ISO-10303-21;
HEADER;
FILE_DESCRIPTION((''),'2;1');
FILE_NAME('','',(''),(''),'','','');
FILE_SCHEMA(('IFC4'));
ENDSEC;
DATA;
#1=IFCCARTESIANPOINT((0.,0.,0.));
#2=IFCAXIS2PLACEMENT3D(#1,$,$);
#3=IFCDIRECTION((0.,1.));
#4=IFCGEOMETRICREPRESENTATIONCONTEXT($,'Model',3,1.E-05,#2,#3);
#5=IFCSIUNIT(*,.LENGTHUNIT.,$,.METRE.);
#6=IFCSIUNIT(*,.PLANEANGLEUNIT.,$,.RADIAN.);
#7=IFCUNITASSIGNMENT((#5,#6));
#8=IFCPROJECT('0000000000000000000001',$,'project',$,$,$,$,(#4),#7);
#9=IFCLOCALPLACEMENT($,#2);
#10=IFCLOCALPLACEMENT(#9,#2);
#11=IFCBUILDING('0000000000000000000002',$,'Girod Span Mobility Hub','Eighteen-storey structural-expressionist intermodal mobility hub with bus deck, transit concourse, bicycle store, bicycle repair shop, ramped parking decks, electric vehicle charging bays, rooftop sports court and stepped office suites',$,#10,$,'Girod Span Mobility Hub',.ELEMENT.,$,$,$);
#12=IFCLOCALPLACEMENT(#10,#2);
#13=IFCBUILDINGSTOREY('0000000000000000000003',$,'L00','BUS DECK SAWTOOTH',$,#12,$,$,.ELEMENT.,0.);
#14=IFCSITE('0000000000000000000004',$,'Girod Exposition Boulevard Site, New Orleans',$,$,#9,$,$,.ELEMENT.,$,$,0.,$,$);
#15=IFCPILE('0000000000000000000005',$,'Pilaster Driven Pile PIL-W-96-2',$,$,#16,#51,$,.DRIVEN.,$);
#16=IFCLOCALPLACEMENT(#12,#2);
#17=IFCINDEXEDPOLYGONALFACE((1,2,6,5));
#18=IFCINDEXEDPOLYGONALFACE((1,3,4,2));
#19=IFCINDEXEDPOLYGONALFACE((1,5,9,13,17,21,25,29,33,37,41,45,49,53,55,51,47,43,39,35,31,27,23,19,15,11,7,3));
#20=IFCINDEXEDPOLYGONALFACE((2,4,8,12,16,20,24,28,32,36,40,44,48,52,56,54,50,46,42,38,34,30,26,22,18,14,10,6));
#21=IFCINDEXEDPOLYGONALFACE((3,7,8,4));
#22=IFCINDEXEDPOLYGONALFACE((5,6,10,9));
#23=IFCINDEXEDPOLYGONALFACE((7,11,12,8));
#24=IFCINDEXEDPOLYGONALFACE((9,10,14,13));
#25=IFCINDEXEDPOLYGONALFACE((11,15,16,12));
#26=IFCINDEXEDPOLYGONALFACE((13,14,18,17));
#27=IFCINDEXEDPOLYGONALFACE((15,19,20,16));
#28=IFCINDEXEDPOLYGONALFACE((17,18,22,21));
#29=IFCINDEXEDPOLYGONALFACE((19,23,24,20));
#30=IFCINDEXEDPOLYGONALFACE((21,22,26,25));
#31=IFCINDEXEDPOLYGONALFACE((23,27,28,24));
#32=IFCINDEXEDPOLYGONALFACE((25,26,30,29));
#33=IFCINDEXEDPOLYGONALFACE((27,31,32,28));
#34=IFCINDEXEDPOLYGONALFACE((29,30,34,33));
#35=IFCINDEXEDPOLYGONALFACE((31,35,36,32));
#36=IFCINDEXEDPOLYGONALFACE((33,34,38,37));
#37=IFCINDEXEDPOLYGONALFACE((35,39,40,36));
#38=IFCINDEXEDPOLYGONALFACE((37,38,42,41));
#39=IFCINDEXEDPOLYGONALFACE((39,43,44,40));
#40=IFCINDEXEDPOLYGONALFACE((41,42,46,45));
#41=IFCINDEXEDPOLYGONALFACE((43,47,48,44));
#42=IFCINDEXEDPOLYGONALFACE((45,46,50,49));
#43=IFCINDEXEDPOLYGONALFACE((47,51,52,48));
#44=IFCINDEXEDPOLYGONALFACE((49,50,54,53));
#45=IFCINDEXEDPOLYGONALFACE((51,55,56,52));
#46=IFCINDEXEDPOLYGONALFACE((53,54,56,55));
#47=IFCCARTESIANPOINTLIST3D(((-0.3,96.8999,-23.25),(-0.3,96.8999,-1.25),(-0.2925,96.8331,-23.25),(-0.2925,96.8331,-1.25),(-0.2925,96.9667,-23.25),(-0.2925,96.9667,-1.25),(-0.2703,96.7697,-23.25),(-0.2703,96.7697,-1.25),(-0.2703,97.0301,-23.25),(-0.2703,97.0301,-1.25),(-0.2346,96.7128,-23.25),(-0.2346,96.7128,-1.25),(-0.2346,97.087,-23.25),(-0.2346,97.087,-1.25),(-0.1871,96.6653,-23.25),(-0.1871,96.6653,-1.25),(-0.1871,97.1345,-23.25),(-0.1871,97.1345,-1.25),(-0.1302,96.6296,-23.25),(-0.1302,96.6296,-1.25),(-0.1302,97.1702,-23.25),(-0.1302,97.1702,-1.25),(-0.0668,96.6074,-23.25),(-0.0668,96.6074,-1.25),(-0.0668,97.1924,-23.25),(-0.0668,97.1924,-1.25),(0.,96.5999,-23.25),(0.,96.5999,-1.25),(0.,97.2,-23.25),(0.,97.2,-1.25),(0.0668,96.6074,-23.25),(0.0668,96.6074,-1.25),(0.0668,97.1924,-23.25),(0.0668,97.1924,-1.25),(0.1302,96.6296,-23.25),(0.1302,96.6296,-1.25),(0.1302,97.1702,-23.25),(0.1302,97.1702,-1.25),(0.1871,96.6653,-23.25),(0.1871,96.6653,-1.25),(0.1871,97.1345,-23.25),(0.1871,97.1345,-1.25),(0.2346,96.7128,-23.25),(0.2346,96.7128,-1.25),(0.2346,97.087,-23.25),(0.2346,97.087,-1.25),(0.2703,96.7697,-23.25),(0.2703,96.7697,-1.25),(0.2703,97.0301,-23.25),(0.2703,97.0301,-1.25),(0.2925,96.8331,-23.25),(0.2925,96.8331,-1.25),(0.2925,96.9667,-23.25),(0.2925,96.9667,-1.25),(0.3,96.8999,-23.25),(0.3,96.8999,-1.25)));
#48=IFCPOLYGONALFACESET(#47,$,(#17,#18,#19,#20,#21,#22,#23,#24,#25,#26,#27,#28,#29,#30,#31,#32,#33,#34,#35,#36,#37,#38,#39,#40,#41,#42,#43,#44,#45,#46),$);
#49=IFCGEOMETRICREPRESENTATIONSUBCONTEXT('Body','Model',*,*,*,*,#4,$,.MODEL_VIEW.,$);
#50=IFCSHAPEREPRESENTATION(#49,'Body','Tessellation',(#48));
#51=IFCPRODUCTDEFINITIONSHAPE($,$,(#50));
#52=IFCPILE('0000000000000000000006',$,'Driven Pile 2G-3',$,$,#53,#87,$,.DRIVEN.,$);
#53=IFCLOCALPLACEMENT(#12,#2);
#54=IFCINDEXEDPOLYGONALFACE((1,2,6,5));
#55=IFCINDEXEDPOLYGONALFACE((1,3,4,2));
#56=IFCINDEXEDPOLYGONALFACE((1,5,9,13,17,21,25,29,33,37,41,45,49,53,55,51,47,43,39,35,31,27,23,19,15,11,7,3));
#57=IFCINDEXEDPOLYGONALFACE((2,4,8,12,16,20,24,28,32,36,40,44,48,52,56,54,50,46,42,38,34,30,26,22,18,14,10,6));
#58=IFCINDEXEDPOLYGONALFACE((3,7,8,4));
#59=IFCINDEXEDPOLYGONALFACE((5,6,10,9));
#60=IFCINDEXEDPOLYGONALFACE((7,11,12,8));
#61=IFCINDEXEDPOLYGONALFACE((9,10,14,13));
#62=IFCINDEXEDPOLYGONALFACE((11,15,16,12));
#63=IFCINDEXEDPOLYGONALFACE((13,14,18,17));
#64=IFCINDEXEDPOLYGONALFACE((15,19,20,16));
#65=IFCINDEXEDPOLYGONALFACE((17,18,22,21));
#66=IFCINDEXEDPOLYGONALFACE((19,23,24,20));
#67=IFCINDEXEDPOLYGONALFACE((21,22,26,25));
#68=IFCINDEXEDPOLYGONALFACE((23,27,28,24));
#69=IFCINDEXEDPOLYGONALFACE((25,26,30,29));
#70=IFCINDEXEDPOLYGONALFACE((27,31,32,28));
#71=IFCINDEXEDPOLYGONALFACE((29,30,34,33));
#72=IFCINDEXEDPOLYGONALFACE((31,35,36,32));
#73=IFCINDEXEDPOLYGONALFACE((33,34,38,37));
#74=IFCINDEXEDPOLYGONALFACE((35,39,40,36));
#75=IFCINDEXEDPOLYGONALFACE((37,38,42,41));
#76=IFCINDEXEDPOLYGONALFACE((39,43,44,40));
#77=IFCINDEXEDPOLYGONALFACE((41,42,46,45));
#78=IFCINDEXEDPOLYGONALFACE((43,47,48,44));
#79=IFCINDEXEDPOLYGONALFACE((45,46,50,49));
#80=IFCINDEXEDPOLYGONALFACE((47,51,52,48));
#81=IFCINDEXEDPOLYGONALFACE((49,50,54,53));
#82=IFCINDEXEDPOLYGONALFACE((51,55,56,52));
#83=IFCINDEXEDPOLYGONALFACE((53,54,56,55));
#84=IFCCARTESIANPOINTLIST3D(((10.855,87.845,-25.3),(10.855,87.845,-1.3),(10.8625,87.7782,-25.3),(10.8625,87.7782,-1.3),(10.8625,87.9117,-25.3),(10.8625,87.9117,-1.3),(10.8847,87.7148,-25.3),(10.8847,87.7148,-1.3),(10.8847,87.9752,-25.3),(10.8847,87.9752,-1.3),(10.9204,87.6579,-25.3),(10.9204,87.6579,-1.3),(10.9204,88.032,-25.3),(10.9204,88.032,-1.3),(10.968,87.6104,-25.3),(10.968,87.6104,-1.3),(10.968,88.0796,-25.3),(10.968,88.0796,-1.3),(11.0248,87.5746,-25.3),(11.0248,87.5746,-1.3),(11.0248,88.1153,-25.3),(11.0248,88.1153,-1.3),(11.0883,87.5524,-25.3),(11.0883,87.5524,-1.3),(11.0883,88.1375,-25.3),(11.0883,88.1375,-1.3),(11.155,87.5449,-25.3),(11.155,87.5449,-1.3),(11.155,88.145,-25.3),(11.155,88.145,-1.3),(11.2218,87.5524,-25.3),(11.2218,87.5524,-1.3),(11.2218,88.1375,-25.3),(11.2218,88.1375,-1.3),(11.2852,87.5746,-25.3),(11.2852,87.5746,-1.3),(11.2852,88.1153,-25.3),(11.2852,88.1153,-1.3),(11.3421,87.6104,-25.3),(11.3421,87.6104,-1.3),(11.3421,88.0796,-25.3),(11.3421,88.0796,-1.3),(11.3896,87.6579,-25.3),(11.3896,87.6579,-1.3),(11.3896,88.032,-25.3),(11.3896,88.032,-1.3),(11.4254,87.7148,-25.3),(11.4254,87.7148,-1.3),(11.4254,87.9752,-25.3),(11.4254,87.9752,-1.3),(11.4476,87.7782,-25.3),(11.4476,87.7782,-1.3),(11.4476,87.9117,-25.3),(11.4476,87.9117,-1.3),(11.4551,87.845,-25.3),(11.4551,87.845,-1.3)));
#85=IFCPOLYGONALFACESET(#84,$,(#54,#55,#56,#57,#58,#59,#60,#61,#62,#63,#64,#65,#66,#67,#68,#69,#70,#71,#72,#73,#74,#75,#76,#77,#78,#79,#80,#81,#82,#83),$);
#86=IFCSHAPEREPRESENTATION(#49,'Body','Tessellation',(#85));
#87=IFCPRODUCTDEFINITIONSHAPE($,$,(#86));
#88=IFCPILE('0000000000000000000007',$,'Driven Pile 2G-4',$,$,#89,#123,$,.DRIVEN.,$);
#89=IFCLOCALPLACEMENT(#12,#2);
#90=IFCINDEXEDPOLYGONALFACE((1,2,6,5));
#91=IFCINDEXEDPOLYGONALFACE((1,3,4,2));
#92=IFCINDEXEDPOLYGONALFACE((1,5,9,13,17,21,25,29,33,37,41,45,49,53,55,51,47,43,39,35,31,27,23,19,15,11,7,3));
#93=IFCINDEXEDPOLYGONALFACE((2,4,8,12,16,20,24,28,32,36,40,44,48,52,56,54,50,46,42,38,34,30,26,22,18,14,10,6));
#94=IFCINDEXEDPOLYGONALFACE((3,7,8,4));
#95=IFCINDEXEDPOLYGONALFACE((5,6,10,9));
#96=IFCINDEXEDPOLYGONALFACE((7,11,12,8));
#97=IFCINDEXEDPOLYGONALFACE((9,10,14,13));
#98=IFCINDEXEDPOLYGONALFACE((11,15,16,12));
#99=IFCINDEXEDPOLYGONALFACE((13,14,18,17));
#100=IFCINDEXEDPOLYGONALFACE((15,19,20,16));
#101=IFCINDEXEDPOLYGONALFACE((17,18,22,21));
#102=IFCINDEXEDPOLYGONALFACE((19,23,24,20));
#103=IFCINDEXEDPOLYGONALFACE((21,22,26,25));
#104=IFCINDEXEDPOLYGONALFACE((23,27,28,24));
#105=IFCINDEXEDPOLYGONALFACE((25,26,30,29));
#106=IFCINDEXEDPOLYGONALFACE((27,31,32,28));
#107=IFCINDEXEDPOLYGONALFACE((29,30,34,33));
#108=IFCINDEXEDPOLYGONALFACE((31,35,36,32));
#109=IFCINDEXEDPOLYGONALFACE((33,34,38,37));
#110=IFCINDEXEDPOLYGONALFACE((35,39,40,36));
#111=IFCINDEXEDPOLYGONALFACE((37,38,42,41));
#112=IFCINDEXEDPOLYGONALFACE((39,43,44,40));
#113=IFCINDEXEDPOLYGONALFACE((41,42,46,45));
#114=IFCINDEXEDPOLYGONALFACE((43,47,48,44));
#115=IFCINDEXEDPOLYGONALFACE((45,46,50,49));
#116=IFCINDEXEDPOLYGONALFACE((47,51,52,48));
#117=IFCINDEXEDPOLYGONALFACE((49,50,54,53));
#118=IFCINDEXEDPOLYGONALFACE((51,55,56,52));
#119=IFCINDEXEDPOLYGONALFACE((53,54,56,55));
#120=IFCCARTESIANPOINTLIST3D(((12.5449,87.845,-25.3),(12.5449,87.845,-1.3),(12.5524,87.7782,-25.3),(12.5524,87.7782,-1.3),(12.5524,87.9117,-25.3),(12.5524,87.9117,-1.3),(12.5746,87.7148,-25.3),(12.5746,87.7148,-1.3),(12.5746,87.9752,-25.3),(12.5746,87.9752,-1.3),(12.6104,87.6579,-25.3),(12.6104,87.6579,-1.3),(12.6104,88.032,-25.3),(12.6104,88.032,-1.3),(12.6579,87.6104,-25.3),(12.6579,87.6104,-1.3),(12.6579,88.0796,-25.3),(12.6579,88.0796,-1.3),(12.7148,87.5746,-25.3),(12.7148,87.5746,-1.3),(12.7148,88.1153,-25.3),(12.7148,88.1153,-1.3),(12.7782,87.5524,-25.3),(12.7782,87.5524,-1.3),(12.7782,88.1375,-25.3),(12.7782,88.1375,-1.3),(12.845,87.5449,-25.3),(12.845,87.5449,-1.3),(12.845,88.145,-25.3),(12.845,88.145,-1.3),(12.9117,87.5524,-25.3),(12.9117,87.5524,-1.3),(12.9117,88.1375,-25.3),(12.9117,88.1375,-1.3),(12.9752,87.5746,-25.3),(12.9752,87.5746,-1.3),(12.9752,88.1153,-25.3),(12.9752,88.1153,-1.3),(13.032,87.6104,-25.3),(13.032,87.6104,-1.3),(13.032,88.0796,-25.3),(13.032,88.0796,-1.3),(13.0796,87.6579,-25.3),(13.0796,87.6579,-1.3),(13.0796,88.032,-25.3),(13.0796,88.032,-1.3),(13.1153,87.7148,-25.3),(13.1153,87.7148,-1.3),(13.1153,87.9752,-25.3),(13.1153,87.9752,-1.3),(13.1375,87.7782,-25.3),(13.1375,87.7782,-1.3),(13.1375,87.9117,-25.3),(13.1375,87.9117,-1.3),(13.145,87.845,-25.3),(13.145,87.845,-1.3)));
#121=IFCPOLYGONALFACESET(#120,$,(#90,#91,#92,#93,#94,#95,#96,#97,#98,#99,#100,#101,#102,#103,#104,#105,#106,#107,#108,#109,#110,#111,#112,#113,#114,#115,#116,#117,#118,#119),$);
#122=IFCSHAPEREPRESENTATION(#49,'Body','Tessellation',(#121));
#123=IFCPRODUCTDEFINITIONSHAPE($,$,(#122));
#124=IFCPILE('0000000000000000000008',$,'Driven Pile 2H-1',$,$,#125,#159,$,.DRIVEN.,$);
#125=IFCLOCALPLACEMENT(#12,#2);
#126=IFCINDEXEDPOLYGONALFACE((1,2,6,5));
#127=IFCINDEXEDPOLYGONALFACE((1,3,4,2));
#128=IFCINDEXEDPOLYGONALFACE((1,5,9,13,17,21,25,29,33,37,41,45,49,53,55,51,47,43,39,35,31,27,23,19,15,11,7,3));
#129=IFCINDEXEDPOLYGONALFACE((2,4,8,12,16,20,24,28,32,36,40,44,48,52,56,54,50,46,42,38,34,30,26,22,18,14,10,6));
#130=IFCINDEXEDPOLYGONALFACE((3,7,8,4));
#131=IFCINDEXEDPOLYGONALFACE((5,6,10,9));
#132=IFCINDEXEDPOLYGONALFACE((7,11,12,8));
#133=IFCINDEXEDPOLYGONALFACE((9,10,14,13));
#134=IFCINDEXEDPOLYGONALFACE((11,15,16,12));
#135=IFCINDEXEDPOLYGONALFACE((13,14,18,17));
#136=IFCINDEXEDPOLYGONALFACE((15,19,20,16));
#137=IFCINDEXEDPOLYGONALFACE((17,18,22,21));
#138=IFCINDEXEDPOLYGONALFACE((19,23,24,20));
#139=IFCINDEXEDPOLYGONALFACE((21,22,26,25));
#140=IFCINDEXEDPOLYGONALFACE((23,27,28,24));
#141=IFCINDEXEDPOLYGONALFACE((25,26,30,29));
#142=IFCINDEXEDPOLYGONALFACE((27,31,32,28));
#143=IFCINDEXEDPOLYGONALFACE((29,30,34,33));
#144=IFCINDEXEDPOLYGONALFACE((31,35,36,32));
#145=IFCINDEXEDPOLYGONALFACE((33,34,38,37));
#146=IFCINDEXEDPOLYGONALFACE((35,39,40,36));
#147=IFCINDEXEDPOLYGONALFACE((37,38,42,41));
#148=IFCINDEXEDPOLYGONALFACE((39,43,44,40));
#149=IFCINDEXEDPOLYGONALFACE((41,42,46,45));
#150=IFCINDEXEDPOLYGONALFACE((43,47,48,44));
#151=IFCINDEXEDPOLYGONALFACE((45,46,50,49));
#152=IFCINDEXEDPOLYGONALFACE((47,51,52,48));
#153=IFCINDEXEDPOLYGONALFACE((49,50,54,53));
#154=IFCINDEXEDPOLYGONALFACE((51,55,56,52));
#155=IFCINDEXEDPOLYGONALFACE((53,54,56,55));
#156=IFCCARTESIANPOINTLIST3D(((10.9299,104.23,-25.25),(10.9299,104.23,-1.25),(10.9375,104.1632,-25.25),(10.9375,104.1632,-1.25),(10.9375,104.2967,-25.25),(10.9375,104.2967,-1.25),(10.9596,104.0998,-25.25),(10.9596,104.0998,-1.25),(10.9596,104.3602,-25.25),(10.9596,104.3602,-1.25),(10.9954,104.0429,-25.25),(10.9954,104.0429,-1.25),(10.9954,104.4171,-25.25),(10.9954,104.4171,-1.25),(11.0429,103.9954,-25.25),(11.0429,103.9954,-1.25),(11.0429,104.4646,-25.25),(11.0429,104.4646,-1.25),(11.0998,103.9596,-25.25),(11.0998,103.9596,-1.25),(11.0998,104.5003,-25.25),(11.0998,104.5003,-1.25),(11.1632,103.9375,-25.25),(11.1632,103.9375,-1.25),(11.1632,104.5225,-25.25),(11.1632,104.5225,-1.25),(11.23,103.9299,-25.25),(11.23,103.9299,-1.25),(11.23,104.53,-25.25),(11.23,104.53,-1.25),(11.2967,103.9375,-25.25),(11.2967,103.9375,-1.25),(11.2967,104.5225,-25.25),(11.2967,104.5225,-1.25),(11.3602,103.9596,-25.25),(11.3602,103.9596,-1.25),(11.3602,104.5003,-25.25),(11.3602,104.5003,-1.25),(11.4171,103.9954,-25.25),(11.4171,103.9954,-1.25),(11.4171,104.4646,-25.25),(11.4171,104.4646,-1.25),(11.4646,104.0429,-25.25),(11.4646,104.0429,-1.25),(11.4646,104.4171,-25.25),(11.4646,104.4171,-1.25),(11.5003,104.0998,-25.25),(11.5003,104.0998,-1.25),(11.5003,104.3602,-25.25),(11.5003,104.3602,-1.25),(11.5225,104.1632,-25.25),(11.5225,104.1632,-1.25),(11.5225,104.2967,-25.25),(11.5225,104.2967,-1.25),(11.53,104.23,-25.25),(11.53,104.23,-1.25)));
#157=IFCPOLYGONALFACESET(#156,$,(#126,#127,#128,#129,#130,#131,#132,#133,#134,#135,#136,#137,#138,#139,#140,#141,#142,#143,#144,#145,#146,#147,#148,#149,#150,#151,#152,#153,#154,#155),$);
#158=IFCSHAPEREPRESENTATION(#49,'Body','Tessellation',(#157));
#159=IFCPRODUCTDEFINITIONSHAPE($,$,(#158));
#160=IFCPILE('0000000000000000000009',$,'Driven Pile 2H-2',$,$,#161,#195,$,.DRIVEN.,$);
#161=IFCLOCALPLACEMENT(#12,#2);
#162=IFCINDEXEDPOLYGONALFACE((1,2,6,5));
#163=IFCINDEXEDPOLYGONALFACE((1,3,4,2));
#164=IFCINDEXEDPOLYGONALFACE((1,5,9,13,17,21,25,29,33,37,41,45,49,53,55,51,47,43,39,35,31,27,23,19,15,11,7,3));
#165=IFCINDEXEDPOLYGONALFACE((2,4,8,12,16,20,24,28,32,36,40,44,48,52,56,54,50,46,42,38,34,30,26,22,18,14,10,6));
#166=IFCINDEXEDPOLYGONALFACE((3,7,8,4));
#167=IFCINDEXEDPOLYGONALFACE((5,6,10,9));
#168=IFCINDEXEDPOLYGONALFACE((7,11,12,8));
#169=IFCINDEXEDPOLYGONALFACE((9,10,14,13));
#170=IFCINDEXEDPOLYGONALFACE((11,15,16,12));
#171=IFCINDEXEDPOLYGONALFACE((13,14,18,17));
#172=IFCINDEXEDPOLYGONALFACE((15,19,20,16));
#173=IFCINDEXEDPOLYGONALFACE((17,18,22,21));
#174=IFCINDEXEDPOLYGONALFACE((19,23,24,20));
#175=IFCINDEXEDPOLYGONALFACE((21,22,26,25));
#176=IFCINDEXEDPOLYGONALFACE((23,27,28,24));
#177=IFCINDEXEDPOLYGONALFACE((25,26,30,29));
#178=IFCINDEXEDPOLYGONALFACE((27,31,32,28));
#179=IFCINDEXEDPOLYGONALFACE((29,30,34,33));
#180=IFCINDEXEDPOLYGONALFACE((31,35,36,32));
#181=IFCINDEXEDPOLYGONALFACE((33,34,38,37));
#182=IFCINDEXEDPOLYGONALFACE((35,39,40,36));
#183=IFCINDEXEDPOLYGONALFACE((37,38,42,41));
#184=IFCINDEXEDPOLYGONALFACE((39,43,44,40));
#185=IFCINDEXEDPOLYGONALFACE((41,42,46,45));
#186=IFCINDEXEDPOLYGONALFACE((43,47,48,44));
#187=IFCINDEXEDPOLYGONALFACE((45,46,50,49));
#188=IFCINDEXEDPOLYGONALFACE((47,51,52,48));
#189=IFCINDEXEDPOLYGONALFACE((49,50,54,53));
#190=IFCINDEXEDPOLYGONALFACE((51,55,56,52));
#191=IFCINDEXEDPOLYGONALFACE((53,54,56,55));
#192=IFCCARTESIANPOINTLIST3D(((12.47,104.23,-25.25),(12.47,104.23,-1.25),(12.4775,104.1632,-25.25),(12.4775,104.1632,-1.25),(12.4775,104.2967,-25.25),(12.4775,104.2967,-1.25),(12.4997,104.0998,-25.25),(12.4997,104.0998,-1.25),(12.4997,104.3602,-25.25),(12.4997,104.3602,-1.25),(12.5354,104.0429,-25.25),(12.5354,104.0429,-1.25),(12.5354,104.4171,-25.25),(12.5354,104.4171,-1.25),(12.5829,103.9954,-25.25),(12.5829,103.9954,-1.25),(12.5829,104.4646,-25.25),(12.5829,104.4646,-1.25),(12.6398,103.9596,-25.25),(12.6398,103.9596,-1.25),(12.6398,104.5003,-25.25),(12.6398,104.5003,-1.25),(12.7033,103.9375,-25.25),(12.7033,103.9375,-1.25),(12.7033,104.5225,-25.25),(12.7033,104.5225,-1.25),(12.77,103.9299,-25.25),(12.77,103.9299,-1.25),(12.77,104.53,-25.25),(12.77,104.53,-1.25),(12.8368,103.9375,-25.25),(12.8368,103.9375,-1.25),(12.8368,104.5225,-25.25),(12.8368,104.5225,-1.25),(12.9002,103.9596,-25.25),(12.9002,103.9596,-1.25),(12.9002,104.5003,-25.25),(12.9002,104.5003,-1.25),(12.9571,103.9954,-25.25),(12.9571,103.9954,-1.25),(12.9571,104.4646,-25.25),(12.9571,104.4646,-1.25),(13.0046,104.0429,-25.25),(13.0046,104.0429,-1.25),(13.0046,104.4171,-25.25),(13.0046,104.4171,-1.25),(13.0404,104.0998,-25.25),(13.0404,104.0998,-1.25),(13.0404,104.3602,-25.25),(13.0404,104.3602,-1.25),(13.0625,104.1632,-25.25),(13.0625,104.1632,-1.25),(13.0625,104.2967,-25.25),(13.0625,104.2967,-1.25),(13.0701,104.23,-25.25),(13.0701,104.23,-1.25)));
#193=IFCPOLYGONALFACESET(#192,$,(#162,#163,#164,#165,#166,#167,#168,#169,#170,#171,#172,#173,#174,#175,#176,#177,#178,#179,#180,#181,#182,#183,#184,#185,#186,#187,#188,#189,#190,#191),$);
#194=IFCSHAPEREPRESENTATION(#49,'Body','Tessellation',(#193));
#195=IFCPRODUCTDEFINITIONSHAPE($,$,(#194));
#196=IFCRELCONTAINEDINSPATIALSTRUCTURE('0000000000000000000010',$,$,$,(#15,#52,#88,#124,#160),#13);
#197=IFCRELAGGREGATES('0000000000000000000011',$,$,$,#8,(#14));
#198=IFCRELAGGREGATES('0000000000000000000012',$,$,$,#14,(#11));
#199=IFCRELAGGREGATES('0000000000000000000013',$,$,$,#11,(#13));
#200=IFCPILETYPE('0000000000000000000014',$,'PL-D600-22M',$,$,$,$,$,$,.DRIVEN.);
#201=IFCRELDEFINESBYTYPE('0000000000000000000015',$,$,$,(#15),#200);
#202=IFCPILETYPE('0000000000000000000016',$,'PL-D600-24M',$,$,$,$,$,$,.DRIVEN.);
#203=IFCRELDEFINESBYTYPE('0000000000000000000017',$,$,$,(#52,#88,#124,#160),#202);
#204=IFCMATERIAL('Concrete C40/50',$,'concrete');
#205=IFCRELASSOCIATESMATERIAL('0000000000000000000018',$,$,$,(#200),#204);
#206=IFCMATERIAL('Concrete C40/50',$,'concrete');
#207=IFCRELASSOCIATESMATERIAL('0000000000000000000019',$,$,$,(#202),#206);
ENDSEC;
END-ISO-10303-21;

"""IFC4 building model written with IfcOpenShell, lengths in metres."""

from ifc_helpers import new_model, si_unit, direction, frame, origin, origin_2d, place, context, subcontext, project, spatial, circle, extrude, material, material_profile, profile_set, type_object, element, save


model = new_model("IFC4")

# Units and contexts
model_context = context("Model", 3, precision=1e-05, world=origin(), true_north=direction((0.0, 1.0)))
body_context = subcontext(model_context, "Body", "Model", "MODEL_VIEW")
ifc_project = project(units=[si_unit("LENGTHUNIT", "METRE"), si_unit("PLANEANGLEUNIT", "RADIAN")], contexts=[model_context])

# Site, building, storey
site_placement = place(None, origin())
site = spatial("IfcSite", under=ifc_project, at=site_placement, Name="Girod Exposition Boulevard Site, New Orleans", CompositionType="ELEMENT", RefElevation=0.0)
building_placement = place(site_placement, origin())
building = spatial("IfcBuilding", under=site, at=building_placement, Name="Girod Span Mobility Hub", Description="Eighteen-storey structural-expressionist intermodal mobility hub with bus deck, transit concourse, bicycle store, bicycle repair shop, ramped parking decks, electric vehicle charging bays, rooftop sports court and stepped office suites", LongName="Girod Span Mobility Hub", CompositionType="ELEMENT")
storey_placement = place(building_placement, origin())
storey = spatial("IfcBuildingStorey", under=building, at=storey_placement, Name="L00", Description="BUS DECK SAWTOOTH", CompositionType="ELEMENT", Elevation=0.0)

# Piles
ifc_material_1 = material(Name="Concrete C40/50", Category="concrete")
ifc_material_profile_1 = material_profile(ifc_material_1, circle(Radius=0.3, at=origin_2d()), Name="PILE-D600")
ifc_profile_set_1 = profile_set([ifc_material_profile_1], Name="Concrete C40/50")
pile_type_1 = type_object("IfcPileType", Name="PL-D600-22M", PredefinedType="DRIVEN", material=ifc_profile_set_1)
for number, where, z_axis, x_axis, name in (
    (1, (0.0, 96.8999, -1.25), (0.0, 0.0, -1.0), (1.0, 0.0, 0.0), "Pilaster Driven Pile PIL-W-96-2"),
):
    element("IfcPile", number, at=place(storey_placement, frame(where, z_axis=z_axis, x_axis=x_axis)), inside=storey, type_object=pile_type_1, Name=name, PredefinedType="DRIVEN", context=body_context, shape_type="SweptSolid", body=[
        extrude(circle(Radius=0.3, at=origin_2d()), origin(), (0.0, 0.0, 1.0), 22.0),
    ])
ifc_material_2 = material(Name="Concrete C40/50", Category="concrete")
ifc_material_profile_2 = material_profile(ifc_material_2, circle(Radius=0.3, at=origin_2d()), Name="PILE-D600")
ifc_profile_set_2 = profile_set([ifc_material_profile_2], Name="Concrete C40/50")
pile_type_2 = type_object("IfcPileType", Name="PL-D600-24M", PredefinedType="DRIVEN", material=ifc_profile_set_2)
for number, where, z_axis, x_axis, name in (
    (2, (11.155, 87.845, -1.3), (0.0, 0.0, -1.0), (1.0, 0.0, 0.0), "Driven Pile 2G-3"),
    (3, (12.845, 87.845, -1.3), (0.0, 0.0, -1.0), (1.0, 0.0, 0.0), "Driven Pile 2G-4"),
    (4, (11.23, 104.23, -1.25), (0.0, 0.0, -1.0), (1.0, 0.0, 0.0), "Driven Pile 2H-1"),
    (5, (12.77, 104.23, -1.25), (0.0, 0.0, -1.0), (1.0, 0.0, 0.0), "Driven Pile 2H-2"),
):
    element("IfcPile", number, at=place(storey_placement, frame(where, z_axis=z_axis, x_axis=x_axis)), inside=storey, type_object=pile_type_2, Name=name, PredefinedType="DRIVEN", context=body_context, shape_type="SweptSolid", body=[
        extrude(circle(Radius=0.3, at=origin_2d()), origin(), (0.0, 0.0, 1.0), 24.0),
    ])

save(model, "model.ifc")
